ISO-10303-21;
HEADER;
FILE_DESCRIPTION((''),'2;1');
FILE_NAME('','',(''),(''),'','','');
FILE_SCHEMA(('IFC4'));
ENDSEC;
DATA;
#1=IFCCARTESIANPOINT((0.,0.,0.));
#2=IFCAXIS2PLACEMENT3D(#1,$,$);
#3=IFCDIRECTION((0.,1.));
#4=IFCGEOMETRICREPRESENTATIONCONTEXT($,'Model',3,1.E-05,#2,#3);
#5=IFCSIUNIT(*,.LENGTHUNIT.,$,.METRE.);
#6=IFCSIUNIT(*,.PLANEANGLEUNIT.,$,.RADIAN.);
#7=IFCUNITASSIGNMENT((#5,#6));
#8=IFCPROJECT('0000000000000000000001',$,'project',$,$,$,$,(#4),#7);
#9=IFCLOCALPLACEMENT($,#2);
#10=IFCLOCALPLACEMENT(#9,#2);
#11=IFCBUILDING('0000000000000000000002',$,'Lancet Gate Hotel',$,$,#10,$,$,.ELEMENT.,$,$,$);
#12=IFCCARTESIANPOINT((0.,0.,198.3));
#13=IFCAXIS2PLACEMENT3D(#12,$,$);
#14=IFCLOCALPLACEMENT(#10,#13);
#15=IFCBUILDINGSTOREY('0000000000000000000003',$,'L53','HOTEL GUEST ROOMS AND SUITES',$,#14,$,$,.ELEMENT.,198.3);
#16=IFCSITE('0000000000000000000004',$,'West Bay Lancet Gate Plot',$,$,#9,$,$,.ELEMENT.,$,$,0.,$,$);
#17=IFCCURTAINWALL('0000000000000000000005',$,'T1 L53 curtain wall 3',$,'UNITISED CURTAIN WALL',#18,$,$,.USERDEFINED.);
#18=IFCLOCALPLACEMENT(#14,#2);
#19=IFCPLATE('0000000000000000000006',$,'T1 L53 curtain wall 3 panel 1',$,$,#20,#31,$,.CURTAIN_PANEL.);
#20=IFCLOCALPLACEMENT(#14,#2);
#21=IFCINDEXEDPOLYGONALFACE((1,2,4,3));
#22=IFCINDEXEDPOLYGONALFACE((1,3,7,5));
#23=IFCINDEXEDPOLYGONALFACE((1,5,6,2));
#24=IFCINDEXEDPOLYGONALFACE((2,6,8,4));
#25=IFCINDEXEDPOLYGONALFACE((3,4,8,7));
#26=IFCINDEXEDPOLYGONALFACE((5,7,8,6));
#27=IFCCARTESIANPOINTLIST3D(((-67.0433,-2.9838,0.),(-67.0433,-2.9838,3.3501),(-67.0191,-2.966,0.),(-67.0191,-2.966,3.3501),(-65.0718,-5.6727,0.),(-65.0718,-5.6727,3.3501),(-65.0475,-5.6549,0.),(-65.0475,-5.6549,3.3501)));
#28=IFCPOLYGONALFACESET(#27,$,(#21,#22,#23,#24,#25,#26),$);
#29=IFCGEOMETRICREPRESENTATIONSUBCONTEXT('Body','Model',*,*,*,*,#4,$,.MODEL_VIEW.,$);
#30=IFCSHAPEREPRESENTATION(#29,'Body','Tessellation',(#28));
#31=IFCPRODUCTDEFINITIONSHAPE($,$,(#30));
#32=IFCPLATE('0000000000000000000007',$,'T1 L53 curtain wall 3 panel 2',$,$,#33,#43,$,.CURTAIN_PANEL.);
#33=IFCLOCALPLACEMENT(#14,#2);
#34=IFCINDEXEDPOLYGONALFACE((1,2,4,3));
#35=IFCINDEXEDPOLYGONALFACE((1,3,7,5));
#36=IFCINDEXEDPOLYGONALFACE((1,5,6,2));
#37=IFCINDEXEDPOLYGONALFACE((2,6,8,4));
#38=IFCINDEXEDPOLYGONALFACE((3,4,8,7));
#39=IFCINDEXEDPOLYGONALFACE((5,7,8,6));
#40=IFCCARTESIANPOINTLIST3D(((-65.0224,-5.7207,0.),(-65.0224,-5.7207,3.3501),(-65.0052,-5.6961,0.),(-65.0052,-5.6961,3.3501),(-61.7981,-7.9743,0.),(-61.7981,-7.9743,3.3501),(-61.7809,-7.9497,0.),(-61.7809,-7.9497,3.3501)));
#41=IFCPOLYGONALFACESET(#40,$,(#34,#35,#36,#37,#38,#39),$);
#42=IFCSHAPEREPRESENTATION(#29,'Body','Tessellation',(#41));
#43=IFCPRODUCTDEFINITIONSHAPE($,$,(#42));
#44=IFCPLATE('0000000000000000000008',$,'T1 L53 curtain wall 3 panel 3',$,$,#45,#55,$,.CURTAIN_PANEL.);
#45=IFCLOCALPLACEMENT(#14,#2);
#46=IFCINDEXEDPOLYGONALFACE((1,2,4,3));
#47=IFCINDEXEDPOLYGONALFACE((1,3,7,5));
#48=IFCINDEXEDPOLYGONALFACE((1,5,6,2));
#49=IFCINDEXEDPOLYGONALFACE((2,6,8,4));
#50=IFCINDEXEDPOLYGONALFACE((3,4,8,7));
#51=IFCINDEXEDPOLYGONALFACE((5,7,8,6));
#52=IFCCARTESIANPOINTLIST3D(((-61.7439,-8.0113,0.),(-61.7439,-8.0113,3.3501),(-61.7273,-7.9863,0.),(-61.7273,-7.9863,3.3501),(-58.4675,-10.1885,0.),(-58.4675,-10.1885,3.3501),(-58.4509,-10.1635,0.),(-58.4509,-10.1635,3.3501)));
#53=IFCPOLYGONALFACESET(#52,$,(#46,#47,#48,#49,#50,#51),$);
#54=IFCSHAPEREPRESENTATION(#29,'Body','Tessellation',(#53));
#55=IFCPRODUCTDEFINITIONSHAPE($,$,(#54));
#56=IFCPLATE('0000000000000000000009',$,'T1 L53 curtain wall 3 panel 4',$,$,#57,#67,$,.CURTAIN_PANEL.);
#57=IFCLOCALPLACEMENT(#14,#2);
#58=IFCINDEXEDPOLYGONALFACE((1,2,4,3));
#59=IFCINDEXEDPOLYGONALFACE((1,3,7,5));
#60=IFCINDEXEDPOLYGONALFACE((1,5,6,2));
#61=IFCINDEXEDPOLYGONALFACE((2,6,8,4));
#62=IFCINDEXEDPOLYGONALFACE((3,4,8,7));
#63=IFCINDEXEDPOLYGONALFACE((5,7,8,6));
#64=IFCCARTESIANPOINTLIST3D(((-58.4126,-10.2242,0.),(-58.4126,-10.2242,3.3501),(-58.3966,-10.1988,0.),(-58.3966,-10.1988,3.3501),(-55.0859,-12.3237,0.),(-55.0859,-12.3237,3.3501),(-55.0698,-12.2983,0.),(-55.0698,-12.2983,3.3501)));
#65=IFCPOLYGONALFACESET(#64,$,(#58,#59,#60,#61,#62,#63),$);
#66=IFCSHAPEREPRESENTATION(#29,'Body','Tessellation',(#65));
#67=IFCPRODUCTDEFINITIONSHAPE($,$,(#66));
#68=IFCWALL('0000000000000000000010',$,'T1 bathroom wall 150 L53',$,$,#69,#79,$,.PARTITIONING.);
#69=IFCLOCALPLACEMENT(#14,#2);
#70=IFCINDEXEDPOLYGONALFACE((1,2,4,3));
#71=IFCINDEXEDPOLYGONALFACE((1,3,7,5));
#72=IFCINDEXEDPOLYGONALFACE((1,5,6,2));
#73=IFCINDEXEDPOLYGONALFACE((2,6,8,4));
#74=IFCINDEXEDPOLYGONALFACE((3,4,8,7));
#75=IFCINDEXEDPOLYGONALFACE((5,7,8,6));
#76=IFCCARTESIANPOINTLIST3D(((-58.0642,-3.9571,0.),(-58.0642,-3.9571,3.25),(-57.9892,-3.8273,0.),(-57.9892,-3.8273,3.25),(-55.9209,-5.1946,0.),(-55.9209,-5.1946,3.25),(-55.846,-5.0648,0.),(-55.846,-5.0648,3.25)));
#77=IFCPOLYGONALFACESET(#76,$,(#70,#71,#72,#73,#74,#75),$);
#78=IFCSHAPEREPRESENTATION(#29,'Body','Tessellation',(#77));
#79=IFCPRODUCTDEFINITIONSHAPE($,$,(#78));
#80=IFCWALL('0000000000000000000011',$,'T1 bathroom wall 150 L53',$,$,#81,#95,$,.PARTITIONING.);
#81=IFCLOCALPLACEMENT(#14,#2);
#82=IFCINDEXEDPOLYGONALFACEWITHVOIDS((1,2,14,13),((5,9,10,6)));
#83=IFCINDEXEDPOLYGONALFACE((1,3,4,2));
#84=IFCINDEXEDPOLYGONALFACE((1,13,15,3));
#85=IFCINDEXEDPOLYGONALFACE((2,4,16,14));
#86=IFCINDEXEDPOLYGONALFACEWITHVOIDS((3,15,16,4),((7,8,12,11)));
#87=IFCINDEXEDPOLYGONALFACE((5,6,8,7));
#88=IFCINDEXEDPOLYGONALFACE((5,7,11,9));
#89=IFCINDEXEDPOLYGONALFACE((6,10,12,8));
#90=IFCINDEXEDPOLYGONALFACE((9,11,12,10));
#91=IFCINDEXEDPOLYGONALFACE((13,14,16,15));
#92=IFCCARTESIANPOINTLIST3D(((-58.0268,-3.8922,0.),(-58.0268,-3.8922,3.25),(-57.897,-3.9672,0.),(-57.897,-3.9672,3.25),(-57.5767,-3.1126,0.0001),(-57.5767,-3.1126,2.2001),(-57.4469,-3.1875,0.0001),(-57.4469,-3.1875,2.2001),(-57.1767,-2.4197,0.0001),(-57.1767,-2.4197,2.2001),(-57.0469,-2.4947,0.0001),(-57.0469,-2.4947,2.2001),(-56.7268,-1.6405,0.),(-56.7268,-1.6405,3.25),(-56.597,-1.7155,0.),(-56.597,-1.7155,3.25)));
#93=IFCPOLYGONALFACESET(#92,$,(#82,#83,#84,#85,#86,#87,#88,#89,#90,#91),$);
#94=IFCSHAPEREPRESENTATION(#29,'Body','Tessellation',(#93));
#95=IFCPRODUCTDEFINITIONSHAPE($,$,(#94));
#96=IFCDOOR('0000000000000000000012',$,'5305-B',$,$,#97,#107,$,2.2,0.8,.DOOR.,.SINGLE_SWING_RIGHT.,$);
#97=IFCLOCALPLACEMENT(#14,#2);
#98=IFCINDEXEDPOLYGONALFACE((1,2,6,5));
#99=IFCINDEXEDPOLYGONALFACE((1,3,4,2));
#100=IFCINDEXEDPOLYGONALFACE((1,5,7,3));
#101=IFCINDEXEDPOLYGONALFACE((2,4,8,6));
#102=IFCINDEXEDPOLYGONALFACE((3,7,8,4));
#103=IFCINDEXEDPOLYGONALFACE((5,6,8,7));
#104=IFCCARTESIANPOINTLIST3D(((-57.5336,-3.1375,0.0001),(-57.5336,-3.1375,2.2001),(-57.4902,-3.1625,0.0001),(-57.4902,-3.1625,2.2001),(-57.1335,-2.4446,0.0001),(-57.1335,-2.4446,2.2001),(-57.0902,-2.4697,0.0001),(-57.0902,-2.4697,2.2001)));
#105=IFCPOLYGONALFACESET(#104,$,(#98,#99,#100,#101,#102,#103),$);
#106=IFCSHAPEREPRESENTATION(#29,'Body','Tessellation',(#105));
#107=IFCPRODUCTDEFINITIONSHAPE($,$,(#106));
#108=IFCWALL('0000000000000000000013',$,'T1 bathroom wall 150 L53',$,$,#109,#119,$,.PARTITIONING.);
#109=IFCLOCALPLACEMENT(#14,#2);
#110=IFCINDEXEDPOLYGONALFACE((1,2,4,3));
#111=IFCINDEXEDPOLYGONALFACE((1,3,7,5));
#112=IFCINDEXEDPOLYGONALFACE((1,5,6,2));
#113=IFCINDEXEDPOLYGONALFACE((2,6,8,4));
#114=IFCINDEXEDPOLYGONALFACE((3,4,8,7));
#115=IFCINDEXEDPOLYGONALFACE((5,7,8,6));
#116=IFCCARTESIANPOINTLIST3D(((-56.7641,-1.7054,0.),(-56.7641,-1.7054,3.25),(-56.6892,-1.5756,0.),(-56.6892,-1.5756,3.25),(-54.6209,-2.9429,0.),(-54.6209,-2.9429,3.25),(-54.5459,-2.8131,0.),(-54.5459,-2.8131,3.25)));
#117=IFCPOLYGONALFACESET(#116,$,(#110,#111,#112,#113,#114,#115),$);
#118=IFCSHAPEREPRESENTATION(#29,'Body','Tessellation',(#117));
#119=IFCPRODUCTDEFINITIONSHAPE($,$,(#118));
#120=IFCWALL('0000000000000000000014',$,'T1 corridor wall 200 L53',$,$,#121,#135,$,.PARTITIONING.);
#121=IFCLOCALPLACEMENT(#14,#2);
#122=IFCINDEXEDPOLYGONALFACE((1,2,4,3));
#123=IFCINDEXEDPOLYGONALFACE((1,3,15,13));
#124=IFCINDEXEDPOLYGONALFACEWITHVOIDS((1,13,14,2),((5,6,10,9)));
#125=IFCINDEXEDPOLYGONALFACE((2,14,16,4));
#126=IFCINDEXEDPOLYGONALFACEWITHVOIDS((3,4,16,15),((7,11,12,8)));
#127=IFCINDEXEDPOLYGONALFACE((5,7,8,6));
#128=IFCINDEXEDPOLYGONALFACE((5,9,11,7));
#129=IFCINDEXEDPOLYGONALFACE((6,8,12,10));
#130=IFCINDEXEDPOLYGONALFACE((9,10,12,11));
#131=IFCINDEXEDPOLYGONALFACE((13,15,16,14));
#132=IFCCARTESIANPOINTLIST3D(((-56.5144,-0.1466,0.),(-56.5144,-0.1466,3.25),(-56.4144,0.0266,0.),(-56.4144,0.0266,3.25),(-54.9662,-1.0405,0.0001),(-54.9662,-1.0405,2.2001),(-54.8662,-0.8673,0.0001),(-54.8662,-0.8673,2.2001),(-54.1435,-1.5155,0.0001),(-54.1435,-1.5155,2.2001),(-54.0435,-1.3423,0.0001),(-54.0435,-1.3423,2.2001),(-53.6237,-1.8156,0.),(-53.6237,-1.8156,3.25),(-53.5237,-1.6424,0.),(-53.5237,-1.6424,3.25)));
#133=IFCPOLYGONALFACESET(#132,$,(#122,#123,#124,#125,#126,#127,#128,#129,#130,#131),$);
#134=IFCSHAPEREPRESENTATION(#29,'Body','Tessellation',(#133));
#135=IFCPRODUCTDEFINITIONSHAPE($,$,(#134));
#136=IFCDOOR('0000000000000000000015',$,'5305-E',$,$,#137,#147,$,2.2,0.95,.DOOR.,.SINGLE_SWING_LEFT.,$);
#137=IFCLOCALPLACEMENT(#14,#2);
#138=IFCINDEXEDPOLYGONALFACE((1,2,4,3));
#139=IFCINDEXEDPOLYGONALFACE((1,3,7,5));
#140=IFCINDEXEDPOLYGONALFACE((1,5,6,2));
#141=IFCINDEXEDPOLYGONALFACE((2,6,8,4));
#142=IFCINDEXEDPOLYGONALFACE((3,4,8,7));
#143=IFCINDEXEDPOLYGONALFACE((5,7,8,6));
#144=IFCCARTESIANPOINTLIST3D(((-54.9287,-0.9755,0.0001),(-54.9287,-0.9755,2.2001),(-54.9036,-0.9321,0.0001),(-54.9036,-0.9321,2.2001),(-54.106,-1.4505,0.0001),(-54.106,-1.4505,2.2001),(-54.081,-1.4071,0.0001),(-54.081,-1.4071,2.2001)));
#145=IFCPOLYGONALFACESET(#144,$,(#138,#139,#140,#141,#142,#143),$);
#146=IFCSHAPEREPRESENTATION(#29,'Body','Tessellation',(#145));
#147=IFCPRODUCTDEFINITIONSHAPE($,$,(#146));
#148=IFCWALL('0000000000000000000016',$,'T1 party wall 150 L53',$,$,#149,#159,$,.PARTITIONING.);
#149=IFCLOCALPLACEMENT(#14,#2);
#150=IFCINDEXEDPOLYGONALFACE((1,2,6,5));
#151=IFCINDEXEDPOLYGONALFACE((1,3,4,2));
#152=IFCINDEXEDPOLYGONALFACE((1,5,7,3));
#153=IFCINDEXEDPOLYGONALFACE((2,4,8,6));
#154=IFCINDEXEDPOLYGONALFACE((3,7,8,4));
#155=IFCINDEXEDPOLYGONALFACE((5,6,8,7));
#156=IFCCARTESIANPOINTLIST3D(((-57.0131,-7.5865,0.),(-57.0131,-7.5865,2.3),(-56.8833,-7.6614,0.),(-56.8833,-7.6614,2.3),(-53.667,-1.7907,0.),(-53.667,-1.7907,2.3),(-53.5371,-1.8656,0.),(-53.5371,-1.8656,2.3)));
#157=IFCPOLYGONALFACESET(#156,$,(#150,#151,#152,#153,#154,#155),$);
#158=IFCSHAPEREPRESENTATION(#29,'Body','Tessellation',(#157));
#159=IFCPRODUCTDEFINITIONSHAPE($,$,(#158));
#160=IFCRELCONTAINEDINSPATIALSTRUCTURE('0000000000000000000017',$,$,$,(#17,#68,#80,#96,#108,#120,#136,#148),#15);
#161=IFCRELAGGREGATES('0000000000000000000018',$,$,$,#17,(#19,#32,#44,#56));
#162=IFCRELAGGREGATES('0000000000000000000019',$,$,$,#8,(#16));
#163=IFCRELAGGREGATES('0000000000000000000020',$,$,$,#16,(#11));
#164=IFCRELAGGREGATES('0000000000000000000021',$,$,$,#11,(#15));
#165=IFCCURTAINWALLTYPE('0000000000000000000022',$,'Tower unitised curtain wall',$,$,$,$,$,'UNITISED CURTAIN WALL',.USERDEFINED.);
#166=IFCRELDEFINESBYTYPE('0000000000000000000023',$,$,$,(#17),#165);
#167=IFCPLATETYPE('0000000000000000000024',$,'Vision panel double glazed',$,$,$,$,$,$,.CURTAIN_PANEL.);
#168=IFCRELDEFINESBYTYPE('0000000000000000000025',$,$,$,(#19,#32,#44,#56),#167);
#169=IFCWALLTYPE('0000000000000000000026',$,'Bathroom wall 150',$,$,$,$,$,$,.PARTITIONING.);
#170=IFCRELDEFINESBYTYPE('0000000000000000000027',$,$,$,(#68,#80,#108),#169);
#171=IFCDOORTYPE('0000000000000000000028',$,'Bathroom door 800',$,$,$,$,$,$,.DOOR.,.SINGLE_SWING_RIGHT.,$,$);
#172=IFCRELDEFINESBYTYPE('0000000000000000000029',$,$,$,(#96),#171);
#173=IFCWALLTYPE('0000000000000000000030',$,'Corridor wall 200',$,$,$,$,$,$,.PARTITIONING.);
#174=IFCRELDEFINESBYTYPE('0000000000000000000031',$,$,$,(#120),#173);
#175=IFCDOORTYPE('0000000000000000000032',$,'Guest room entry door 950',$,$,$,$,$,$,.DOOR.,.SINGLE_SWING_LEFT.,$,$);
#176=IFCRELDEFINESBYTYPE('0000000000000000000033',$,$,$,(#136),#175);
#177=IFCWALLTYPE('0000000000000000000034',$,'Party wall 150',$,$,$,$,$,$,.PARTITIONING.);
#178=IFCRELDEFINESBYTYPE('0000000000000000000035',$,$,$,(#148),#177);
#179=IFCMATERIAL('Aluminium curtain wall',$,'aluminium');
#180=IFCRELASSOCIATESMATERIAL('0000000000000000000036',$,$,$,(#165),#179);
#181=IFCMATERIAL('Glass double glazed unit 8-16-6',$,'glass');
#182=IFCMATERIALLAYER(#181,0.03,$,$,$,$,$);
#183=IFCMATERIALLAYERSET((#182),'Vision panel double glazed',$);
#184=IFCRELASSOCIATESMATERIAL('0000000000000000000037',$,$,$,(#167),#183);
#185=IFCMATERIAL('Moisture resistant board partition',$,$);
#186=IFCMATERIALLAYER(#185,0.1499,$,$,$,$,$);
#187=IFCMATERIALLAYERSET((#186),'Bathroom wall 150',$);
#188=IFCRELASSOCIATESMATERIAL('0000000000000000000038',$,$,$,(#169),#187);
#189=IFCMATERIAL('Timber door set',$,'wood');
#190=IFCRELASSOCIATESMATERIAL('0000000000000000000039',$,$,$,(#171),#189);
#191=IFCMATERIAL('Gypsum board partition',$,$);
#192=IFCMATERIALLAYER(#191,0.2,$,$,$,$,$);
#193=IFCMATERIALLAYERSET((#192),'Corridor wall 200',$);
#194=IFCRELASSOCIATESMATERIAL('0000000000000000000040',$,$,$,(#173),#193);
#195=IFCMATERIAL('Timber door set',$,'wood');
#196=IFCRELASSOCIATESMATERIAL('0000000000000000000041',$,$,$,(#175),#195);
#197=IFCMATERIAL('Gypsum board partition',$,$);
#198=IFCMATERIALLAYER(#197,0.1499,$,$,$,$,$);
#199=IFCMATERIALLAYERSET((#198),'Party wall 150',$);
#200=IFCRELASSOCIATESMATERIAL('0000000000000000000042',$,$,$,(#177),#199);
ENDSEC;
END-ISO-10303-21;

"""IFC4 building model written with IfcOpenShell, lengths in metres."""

from ifc_helpers import new_model, si_unit, direction, frame, frame_2d, origin, origin_2d, place, context, subcontext, project, spatial, rectangle, extrude, material, layer, layer_set, type_object, element, fill, aggregate, save


model = new_model("IFC4")

# Units and contexts
model_context = context("Model", 3, precision=1e-05, world=origin(), true_north=direction((0.0, 1.0)))
body_context = subcontext(model_context, "Body", "Model", "MODEL_VIEW")
ifc_project = project(units=[si_unit("LENGTHUNIT", "METRE"), si_unit("PLANEANGLEUNIT", "RADIAN")], contexts=[model_context])

# Site, building, storey
site_placement = place(None, origin())
site = spatial("IfcSite", under=ifc_project, at=site_placement, Name="West Bay Lancet Gate Plot", CompositionType="ELEMENT", RefElevation=0.0)
building_placement = place(site_placement, origin())
building = spatial("IfcBuilding", under=site, at=building_placement, Name="Lancet Gate Hotel", CompositionType="ELEMENT")
storey_placement = place(building_placement, frame((0.0, 0.0, 198.3)))
storey = spatial("IfcBuildingStorey", under=building, at=storey_placement, Name="L53", Description="HOTEL GUEST ROOMS AND SUITES", CompositionType="ELEMENT", Elevation=198.3)

# Curtain wall
ifc_material_1 = material(Name="Aluminium curtain wall", Category="aluminium")
curtain_wall_type = type_object("IfcCurtainWallType", Name="Tower unitised curtain wall", ElementType="UNITISED CURTAIN WALL", PredefinedType="USERDEFINED", material=ifc_material_1)
curtain_wall_placement = place(storey_placement, origin())
curtain_wall = element("IfcCurtainWall", 1, at=curtain_wall_placement, inside=storey, type_object=curtain_wall_type, Name="T1 L53 curtain wall 3", ObjectType="UNITISED CURTAIN WALL", PredefinedType="USERDEFINED")

# Plates
ifc_material_2 = material(Name="Glass double glazed unit 8-16-6", Category="glass")
ifc_layer_1 = layer(ifc_material_2, 0.03)
ifc_layer_set_1 = layer_set([ifc_layer_1], Name="Vision panel double glazed")
plate_type = type_object("IfcPlateType", Name="Vision panel double glazed", PredefinedType="CURTAIN_PANEL", material=ifc_layer_set_1)
plate_1_placement = place(storey_placement, frame((-66.0454, -4.3193, 0.0), z_axis=(0.0, 0.0, 1.0), x_axis=(0.5913, -0.806452, 0.0)))
plate_1 = element("IfcPlate", 2, at=plate_1_placement, type_object=plate_type, Name="T1 L53 curtain wall 3 panel 1", PredefinedType="CURTAIN_PANEL", context=body_context, shape_type="SweptSolid", body=[
    extrude(rectangle(XDim=3.3342, YDim=0.03, at=origin_2d()), origin(), (0.0, 0.0, 1.0), 3.3501),
])
plate_2_placement = place(storey_placement, frame((-63.4016, -6.8352, 0.0), z_axis=(0.0, 0.0, 1.0), x_axis=(0.819631, -0.572892, 0.0)))
plate_2 = element("IfcPlate", 3, at=plate_2_placement, type_object=plate_type, Name="T1 L53 curtain wall 3 panel 2", PredefinedType="CURTAIN_PANEL", context=body_context, shape_type="SweptSolid", body=[
    extrude(rectangle(XDim=3.9338, YDim=0.03, at=origin_2d()), origin(), (0.0, 0.0, 1.0), 3.3501),
])
plate_3_placement = place(storey_placement, frame((-60.0974, -9.0874, 0.0), z_axis=(0.0, 0.0, 1.0), x_axis=(0.832879, -0.553455, 0.0)))
plate_3 = element("IfcPlate", 4, at=plate_3_placement, type_object=plate_type, Name="T1 L53 curtain wall 3 panel 3", PredefinedType="CURTAIN_PANEL", context=body_context, shape_type="SweptSolid", body=[
    extrude(rectangle(XDim=3.9338, YDim=0.03, at=origin_2d()), origin(), (0.0, 0.0, 1.0), 3.3501),
])
plate_4_placement = place(storey_placement, frame((-56.7412, -11.2612, 0.0), z_axis=(0.0, 0.0, 1.0), x_axis=(0.845667, -0.533711, 0.0)))
plate_4 = element("IfcPlate", 5, at=plate_4_placement, type_object=plate_type, Name="T1 L53 curtain wall 3 panel 4", PredefinedType="CURTAIN_PANEL", context=body_context, shape_type="SweptSolid", body=[
    extrude(rectangle(XDim=3.9338, YDim=0.03, at=origin_2d()), origin(), (0.0, 0.0, 1.0), 3.3501),
])
aggregate(curtain_wall, [plate_1, plate_2, plate_3, plate_4])

# Wall
ifc_material_3 = material(Name="Moisture resistant board partition")
ifc_layer_2 = layer(ifc_material_3, 0.1499)
ifc_layer_set_2 = layer_set([ifc_layer_2], Name="Bathroom wall 150")
wall_type_1 = type_object("IfcWallType", Name="Bathroom wall 150", PredefinedType="PARTITIONING", material=ifc_layer_set_2)
wall_1_placement = place(storey_placement, frame((-55.8835, -5.1296, 0.0), z_axis=(0.0, 0.0, 1.0), x_axis=(-0.866007, 0.500033, 0.0)))
element("IfcWall", 6, at=wall_1_placement, inside=storey, type_object=wall_type_1, Name="T1 bathroom wall 150 L53", PredefinedType="PARTITIONING", context=body_context, shape_type="SweptSolid", body=[
    extrude(rectangle(XDim=2.4749, YDim=0.1499, at=frame_2d((1.2373, 0.0))), origin(), (0.0, 0.0, 1.0), 3.25),
])

# Wall, opening, door
wall_2_placement = place(storey_placement, frame((-56.6619, -1.678, 0.0), z_axis=(0.0, 0.0, 1.0), x_axis=(-0.500007, -0.866021, 0.0)))
wall_2 = element("IfcWall", 7, at=wall_2_placement, inside=storey, type_object=wall_type_1, Name="T1 bathroom wall 150 L53", PredefinedType="PARTITIONING", context=body_context, shape_type="SweptSolid", body=[
    extrude(rectangle(XDim=2.6001, YDim=0.1499, at=frame_2d((1.3, 0.0))), origin(), (0.0, 0.0, 1.0), 3.25),
])
opening_1_placement = place(wall_2_placement, frame((0.8999, 0.0, 0.0)))
opening_1 = element("IfcOpeningElement", 8, at=opening_1_placement, cuts=wall_2, PredefinedType="OPENING", context=body_context, shape_type="SweptSolid", body=[
    extrude(rectangle(XDim=0.8, YDim=2.2, at=frame_2d((0.3999, 1.1001))), frame((0.0, 0.085, 0.0), z_axis=(0.0, -1.0, 0.0), x_axis=(1.0, 0.0, 0.0)), (0.0, 0.0, 1.0), 0.1699),
])
ifc_material_4 = material(Name="Timber door set", Category="wood")
door_type_1 = type_object("IfcDoorType", Name="Bathroom door 800", OperationType="SINGLE_SWING_RIGHT", PredefinedType="DOOR", material=ifc_material_4)
door_1_placement = place(opening_1_placement, origin())
door_1 = element("IfcDoor", 9, at=door_1_placement, inside=storey, type_object=door_type_1, Name="5305-B", OperationType="SINGLE_SWING_RIGHT", OverallHeight=2.2, OverallWidth=0.8, PredefinedType="DOOR", context=body_context, shape_type="SweptSolid", body=[
    extrude(rectangle(XDim=0.8, YDim=2.2, at=frame_2d((0.3999, 1.1001))), frame((0.0, 0.0249, 0.0), z_axis=(0.0, -1.0, 0.0), x_axis=(1.0, 0.0, 0.0)), (0.0, 0.0, 1.0), 0.05),
])
fill(opening_1, door_1)

# Wall
wall_3_placement = place(storey_placement, frame((-54.5835, -2.8779, 0.0), z_axis=(0.0, 0.0, 1.0), x_axis=(-0.866007, 0.500033, 0.0)))
element("IfcWall", 10, at=wall_3_placement, inside=storey, type_object=wall_type_1, Name="T1 bathroom wall 150 L53", PredefinedType="PARTITIONING", context=body_context, shape_type="SweptSolid", body=[
    extrude(rectangle(XDim=2.4749, YDim=0.1499, at=frame_2d((1.2373, 0.0))), origin(), (0.0, 0.0, 1.0), 3.25),
])

# Wall, opening, door
ifc_material_5 = material(Name="Gypsum board partition")
ifc_layer_3 = layer(ifc_material_5, 0.2)
ifc_layer_set_3 = layer_set([ifc_layer_3], Name="Corridor wall 200")
wall_type_2 = type_object("IfcWallType", Name="Corridor wall 200", PredefinedType="PARTITIONING", material=ifc_layer_set_3)
wall_4_placement = place(storey_placement, frame((-53.5737, -1.729, 0.0), z_axis=(0.0, 0.0, 1.0), x_axis=(-0.86602, 0.500009, 0.0)))
wall_4 = element("IfcWall", 11, at=wall_4_placement, inside=storey, type_object=wall_type_2, Name="T1 corridor wall 200 L53", PredefinedType="PARTITIONING", context=body_context, shape_type="SweptSolid", body=[
    extrude(rectangle(XDim=3.3379, YDim=0.2, at=frame_2d((1.6689, 0.0))), origin(), (0.0, 0.0, 1.0), 3.25),
])
opening_2_placement = place(wall_4_placement, frame((0.6001, 0.0, 0.0)))
opening_2 = element("IfcOpeningElement", 12, at=opening_2_placement, cuts=wall_4, PredefinedType="OPENING", context=body_context, shape_type="SweptSolid", body=[
    extrude(rectangle(XDim=0.95, YDim=2.2, at=frame_2d((0.4751, 1.1001))), frame((0.0, 0.1099, 0.0), z_axis=(0.0, -1.0, 0.0), x_axis=(1.0, 0.0, 0.0)), (0.0, 0.0, 1.0), 0.22),
])
ifc_material_6 = material(Name="Timber door set", Category="wood")
door_type_2 = type_object("IfcDoorType", Name="Guest room entry door 950", OperationType="SINGLE_SWING_LEFT", PredefinedType="DOOR", material=ifc_material_6)
door_2_placement = place(opening_2_placement, origin())
door_2 = element("IfcDoor", 13, at=door_2_placement, inside=storey, type_object=door_type_2, Name="5305-E", OperationType="SINGLE_SWING_LEFT", OverallHeight=2.2, OverallWidth=0.95, PredefinedType="DOOR", context=body_context, shape_type="SweptSolid", body=[
    extrude(rectangle(XDim=0.95, YDim=2.2, at=frame_2d((0.4751, 1.1001))), frame((0.0, 0.0249, 0.0), z_axis=(0.0, -1.0, 0.0), x_axis=(1.0, 0.0, 0.0)), (0.0, 0.0, 1.0), 0.05),
])
fill(opening_2, door_2)

# Wall
ifc_material_7 = material(Name="Gypsum board partition")
ifc_layer_4 = layer(ifc_material_7, 0.1499)
ifc_layer_set_4 = layer_set([ifc_layer_4], Name="Party wall 150")
wall_type_3 = type_object("IfcWallType", Name="Party wall 150", PredefinedType="PARTITIONING", material=ifc_layer_set_4)
wall_5_placement = place(storey_placement, frame((-53.6021, -1.8281, 0.0), z_axis=(0.0, 0.0, 1.0), x_axis=(-0.499992, -0.86603, 0.0)))
element("IfcWall", 14, at=wall_5_placement, inside=storey, type_object=wall_type_3, Name="T1 party wall 150 L53", PredefinedType="PARTITIONING", context=body_context, shape_type="SweptSolid", body=[
    extrude(rectangle(XDim=6.6924, YDim=0.1499, at=frame_2d((3.3462, 0.0))), origin(), (0.0, 0.0, 1.0), 2.3),
])

save(model, "model.ifc")
